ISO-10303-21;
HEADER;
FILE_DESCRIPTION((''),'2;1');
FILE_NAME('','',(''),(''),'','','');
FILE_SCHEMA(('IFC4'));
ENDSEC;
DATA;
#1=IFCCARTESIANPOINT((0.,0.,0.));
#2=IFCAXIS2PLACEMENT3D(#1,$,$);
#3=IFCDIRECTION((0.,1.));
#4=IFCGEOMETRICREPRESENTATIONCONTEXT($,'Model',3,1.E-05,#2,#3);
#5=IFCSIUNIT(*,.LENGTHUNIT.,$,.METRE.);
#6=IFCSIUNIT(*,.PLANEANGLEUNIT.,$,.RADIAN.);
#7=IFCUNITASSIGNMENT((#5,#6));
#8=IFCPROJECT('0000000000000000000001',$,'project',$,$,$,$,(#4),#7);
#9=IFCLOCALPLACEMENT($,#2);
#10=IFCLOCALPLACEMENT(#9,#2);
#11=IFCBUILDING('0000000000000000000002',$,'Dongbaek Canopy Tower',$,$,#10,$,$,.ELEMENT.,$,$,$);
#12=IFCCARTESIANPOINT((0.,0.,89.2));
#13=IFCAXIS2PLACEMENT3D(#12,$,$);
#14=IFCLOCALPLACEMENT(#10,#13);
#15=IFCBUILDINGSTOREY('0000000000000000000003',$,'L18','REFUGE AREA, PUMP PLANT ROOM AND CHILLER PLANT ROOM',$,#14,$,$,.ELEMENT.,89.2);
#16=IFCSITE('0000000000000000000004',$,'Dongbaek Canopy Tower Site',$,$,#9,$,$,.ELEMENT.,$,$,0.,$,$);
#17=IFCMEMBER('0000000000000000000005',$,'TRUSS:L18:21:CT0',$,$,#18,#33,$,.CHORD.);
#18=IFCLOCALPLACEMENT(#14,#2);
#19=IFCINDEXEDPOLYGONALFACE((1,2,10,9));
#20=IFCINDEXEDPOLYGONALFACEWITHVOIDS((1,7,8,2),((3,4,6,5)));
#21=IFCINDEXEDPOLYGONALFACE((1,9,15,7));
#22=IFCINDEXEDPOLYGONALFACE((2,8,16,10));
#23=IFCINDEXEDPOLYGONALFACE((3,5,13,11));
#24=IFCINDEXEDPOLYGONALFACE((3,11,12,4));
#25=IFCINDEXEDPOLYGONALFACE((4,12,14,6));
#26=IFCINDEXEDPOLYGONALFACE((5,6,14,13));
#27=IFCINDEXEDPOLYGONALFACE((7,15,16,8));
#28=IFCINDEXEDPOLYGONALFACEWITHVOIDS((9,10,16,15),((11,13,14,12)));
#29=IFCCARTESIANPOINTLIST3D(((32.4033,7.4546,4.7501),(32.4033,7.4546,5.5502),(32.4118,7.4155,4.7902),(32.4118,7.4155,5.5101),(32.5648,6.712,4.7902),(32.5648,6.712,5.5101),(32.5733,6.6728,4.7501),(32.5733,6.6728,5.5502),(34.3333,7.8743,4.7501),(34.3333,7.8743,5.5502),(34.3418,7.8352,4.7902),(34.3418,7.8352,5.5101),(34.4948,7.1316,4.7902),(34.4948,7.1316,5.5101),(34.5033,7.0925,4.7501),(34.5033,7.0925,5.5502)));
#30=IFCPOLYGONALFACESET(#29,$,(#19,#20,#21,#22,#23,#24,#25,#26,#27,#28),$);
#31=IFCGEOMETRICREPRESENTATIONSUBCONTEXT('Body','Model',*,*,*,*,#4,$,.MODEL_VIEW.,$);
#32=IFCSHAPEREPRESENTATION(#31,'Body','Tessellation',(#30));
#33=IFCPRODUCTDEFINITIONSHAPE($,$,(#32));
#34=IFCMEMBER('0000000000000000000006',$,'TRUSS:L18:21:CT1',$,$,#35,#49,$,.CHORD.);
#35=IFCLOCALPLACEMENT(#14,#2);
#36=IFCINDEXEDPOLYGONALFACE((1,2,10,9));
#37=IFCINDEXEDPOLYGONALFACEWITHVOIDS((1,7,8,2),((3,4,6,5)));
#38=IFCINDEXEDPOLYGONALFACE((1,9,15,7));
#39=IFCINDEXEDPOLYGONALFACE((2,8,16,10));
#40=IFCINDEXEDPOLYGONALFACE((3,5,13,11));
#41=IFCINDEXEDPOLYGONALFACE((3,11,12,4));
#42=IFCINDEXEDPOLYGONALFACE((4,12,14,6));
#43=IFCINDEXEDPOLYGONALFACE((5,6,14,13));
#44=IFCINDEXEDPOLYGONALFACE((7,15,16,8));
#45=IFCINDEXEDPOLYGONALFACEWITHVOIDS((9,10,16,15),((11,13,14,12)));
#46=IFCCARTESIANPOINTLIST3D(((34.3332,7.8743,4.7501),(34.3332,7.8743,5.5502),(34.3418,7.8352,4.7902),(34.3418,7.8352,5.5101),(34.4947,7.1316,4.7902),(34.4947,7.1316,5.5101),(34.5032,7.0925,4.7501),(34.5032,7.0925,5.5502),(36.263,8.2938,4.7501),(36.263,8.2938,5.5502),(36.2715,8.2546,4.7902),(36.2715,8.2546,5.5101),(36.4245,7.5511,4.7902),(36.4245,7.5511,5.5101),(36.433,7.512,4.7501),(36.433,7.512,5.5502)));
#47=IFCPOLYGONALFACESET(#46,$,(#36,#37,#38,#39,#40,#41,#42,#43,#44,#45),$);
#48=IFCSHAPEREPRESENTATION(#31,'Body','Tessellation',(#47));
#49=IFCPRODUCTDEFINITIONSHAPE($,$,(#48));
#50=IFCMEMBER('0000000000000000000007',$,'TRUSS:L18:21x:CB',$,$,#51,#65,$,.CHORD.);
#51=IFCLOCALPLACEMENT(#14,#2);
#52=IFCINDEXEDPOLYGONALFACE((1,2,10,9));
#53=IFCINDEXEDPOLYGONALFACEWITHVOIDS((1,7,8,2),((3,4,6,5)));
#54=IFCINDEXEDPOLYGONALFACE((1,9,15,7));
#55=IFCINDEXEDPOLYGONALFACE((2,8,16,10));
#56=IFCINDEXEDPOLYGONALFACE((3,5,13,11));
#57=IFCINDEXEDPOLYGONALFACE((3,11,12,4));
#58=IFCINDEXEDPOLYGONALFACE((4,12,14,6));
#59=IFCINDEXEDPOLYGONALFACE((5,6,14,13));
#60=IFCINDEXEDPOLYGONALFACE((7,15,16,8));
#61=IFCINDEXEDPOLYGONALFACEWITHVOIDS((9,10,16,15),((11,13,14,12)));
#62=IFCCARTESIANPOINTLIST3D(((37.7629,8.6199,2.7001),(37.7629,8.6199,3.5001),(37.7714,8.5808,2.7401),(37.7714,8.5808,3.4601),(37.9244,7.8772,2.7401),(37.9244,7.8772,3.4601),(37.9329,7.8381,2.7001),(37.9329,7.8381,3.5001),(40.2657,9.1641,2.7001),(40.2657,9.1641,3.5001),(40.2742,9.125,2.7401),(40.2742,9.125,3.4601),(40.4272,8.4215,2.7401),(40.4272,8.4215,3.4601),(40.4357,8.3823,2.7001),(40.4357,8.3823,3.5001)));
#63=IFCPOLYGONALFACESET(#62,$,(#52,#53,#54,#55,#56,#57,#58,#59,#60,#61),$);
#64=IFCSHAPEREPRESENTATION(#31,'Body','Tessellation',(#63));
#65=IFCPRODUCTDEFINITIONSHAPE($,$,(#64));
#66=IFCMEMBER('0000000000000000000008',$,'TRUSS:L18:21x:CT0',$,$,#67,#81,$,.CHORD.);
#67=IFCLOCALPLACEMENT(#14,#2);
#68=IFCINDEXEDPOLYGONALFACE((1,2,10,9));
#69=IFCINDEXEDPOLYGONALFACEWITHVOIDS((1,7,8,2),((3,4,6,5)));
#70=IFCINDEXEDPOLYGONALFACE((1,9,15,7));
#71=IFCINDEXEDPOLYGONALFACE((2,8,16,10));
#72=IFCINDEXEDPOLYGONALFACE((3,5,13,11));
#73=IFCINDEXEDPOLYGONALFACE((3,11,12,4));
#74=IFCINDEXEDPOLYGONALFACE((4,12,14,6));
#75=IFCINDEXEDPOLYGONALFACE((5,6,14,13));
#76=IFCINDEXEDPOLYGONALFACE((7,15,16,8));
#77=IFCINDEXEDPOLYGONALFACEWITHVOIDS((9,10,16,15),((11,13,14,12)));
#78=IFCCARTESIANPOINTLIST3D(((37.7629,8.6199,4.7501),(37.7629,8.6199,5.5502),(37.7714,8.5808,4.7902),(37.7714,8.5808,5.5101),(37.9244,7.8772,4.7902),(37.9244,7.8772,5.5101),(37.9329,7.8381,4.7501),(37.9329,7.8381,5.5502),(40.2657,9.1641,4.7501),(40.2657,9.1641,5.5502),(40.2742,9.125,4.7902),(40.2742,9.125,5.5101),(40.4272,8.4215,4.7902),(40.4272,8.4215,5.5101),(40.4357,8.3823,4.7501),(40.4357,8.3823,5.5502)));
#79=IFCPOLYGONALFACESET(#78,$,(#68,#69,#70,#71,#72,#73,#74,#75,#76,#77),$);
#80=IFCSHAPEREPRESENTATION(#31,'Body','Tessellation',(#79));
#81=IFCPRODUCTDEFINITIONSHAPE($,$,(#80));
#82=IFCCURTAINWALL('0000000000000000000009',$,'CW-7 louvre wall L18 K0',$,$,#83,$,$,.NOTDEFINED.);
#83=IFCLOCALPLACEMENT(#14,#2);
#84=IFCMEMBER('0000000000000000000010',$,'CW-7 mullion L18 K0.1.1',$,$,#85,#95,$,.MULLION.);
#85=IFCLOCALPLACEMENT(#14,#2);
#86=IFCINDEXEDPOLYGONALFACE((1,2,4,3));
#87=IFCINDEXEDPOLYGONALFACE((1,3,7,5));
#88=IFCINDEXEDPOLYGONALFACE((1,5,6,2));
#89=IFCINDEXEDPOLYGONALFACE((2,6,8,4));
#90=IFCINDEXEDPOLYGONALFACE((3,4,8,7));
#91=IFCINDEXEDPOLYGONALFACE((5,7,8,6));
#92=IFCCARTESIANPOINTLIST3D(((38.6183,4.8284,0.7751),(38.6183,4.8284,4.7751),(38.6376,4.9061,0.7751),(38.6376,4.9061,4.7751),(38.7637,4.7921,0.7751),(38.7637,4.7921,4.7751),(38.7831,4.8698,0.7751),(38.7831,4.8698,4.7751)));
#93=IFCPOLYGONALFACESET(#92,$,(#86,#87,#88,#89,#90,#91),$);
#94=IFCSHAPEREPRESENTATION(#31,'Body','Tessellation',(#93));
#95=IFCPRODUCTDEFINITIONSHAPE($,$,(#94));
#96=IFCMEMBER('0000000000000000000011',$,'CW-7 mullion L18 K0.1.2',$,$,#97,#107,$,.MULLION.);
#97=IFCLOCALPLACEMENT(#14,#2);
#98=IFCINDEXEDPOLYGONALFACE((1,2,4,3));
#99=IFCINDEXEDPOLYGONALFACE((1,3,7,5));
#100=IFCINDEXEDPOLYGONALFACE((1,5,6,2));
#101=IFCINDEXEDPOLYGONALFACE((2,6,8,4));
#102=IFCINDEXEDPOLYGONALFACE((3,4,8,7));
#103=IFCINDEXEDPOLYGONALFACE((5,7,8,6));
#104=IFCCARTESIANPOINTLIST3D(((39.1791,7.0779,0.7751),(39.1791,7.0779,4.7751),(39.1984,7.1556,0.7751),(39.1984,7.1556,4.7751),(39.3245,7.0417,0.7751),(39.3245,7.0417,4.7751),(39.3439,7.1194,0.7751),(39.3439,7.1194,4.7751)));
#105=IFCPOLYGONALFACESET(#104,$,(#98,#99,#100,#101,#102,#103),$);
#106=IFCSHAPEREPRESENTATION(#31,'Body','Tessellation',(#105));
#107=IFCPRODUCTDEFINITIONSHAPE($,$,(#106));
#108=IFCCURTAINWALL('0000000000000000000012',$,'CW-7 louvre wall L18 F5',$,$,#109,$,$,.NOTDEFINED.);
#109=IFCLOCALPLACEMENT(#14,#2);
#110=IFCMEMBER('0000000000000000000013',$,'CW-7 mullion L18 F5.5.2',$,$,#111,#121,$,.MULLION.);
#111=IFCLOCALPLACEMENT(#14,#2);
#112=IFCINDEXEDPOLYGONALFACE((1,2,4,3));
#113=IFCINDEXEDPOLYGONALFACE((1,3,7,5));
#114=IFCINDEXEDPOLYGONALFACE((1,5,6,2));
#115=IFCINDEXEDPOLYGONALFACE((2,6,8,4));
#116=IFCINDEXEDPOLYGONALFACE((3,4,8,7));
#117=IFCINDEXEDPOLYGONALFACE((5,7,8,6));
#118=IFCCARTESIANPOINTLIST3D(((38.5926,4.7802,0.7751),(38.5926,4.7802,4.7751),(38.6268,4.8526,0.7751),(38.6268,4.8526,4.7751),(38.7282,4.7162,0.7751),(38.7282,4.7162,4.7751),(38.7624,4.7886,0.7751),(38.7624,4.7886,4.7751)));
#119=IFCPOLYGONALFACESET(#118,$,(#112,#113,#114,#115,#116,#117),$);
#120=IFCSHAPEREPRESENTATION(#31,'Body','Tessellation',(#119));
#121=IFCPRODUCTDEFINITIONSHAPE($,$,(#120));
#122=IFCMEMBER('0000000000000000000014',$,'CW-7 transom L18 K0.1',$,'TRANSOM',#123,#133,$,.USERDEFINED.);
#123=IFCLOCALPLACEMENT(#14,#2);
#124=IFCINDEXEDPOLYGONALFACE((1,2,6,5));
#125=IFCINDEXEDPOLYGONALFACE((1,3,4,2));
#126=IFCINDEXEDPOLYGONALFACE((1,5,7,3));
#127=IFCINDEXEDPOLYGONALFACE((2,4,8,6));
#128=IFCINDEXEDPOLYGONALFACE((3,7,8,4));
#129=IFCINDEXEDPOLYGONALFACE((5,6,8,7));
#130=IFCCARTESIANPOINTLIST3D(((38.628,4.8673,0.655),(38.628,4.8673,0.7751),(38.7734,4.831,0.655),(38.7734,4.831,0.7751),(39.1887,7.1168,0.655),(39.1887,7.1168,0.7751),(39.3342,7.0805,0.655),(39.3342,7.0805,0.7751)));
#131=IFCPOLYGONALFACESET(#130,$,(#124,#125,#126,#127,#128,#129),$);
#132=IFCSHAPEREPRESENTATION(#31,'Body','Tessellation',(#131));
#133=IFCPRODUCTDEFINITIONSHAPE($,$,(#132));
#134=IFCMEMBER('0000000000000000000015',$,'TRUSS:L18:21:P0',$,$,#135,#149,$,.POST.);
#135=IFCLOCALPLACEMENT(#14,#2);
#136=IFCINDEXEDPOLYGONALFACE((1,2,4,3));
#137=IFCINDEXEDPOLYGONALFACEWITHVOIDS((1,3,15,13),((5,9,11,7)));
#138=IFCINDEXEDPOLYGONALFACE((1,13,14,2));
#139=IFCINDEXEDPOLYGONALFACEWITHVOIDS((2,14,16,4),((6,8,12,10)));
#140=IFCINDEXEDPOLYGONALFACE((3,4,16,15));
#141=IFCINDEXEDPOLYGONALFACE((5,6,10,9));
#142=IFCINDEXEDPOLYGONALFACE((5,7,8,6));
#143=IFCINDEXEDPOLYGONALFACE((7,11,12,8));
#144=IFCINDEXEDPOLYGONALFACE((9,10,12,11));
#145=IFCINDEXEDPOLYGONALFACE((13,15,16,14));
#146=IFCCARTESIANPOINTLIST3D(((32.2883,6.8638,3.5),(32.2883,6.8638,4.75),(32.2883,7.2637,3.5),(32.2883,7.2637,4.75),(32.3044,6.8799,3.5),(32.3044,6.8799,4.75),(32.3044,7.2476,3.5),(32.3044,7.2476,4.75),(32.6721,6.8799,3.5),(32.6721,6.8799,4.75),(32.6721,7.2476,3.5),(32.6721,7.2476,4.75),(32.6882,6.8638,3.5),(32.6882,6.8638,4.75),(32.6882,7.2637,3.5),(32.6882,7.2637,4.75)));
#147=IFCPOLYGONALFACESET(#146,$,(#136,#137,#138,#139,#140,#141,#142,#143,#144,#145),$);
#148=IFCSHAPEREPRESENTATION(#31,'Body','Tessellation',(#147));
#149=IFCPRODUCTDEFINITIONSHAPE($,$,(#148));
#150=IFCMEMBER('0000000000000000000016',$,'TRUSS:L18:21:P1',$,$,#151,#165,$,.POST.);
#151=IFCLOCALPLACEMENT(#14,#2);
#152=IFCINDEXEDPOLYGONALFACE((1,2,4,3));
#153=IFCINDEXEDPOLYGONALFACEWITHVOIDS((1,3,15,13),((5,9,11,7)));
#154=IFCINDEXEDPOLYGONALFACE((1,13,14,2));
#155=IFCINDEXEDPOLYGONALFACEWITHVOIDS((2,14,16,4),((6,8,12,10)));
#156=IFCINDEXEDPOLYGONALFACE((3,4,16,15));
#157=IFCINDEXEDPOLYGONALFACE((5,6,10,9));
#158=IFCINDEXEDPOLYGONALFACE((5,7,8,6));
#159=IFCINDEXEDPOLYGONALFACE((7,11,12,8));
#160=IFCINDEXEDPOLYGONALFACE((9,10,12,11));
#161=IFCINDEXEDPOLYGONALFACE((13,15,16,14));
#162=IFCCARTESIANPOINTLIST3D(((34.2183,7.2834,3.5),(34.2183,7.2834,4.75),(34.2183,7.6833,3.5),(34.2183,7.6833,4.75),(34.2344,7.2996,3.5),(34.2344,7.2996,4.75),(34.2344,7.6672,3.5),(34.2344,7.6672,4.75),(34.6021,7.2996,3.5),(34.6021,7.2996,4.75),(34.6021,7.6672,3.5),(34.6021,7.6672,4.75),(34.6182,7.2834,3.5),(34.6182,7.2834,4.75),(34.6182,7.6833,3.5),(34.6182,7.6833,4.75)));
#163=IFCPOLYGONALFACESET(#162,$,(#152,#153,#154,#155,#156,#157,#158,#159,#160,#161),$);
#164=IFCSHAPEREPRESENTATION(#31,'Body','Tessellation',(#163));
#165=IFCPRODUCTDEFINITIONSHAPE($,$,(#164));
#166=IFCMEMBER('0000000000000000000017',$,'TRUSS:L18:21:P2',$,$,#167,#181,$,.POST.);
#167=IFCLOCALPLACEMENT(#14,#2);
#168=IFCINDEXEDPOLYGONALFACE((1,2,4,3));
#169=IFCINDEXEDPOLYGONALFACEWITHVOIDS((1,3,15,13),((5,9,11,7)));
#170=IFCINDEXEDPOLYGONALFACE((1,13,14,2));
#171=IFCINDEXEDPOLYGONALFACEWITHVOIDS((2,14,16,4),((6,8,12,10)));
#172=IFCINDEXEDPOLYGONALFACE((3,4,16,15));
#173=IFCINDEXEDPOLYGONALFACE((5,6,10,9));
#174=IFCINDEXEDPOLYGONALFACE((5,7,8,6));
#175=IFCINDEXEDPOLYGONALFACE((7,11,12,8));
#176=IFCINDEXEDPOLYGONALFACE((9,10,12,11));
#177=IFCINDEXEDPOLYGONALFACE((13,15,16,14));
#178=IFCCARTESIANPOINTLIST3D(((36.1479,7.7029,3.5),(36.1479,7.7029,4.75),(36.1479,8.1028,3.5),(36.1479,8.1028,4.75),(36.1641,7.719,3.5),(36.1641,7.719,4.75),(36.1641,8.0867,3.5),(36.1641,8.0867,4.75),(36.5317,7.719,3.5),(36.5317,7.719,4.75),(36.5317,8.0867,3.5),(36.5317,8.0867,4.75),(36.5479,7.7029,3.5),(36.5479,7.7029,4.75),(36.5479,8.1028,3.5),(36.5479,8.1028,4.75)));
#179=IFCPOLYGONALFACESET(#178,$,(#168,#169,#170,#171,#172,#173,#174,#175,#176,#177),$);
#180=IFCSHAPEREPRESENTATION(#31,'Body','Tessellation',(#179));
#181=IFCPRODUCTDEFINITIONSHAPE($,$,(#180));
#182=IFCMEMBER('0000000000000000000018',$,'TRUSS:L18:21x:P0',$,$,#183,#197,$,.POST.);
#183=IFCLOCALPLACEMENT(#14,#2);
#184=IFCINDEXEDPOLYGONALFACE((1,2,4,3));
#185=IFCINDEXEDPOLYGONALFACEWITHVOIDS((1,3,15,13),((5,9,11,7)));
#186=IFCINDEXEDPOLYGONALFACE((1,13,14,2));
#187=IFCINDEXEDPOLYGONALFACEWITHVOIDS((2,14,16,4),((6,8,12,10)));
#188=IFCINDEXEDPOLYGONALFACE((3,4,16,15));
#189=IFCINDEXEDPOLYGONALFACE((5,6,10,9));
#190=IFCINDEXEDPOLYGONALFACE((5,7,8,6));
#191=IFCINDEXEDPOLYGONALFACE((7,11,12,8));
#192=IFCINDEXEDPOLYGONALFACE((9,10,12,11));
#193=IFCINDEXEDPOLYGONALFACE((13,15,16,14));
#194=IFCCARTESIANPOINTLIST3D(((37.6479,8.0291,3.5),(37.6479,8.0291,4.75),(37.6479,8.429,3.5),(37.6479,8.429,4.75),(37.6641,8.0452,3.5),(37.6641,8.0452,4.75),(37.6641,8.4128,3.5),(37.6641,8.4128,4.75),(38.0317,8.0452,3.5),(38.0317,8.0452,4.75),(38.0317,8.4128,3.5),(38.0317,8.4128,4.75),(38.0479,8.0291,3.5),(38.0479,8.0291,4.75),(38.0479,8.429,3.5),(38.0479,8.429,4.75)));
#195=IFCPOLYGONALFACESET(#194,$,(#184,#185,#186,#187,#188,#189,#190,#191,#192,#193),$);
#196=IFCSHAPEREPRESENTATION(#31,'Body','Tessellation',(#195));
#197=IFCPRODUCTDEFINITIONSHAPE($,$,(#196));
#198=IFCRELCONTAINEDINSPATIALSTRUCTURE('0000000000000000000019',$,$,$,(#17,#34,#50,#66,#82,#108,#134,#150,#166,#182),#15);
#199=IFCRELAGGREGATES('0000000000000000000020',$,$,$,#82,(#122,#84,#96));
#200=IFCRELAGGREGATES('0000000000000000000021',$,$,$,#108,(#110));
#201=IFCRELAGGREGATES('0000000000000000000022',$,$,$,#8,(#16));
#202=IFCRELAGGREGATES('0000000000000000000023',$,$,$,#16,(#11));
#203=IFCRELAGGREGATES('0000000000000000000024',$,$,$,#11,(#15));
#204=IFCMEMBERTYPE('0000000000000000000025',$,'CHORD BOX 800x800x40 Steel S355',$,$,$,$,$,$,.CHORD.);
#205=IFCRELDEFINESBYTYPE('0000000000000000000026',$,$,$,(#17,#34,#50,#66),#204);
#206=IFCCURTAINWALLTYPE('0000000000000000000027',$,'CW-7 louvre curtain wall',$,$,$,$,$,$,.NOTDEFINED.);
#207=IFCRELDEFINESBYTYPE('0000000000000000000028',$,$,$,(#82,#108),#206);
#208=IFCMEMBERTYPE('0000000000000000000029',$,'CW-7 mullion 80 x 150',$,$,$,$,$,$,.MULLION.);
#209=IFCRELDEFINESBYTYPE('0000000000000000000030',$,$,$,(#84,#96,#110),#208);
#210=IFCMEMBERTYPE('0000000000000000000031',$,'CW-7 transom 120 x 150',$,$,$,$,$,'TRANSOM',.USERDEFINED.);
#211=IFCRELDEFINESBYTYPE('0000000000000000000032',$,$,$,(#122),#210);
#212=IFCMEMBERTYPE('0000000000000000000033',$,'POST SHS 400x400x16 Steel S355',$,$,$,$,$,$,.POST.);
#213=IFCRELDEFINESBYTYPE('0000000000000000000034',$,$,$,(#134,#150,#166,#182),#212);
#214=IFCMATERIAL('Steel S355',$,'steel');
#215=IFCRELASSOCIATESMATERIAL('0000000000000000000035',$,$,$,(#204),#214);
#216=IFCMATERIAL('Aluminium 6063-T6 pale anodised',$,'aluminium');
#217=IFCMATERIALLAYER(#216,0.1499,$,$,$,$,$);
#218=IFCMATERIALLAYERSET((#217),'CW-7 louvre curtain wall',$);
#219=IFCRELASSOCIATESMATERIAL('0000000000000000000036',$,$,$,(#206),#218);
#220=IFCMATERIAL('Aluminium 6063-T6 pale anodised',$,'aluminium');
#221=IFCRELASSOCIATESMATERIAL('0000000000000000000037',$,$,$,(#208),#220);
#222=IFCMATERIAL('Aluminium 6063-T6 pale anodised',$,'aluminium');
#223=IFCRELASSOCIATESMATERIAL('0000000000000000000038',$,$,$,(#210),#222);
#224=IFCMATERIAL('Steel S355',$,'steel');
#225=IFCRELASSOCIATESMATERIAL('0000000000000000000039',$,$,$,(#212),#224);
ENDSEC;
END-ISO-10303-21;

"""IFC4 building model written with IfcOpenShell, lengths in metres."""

from ifc_helpers import new_model, si_unit, direction, frame, origin, origin_2d, place, context, subcontext, project, spatial, rectangle, hollow_rectangle, extrude, material, layer, layer_set, material_profile, profile_set, type_object, element, aggregate, save


model = new_model("IFC4")

# Units and contexts
model_context = context("Model", 3, precision=1e-05, world=origin(), true_north=direction((0.0, 1.0)))
body_context = subcontext(model_context, "Body", "Model", "MODEL_VIEW")
ifc_project = project(units=[si_unit("LENGTHUNIT", "METRE"), si_unit("PLANEANGLEUNIT", "RADIAN")], contexts=[model_context])

# Site, building, storey
site_placement = place(None, origin())
site = spatial("IfcSite", under=ifc_project, at=site_placement, Name="Dongbaek Canopy Tower Site", CompositionType="ELEMENT", RefElevation=0.0)
building_placement = place(site_placement, origin())
building = spatial("IfcBuilding", under=site, at=building_placement, Name="Dongbaek Canopy Tower", CompositionType="ELEMENT")
storey_placement = place(building_placement, frame((0.0, 0.0, 89.2)))
storey = spatial("IfcBuildingStorey", under=building, at=storey_placement, Name="L18", Description="REFUGE AREA, PUMP PLANT ROOM AND CHILLER PLANT ROOM", CompositionType="ELEMENT", Elevation=89.2)

# Members
ifc_material_1 = material(Name="Steel S355", Category="steel")
ifc_material_profile_1 = material_profile(ifc_material_1, hollow_rectangle(XDim=0.8, YDim=0.8, WallThickness=0.04, at=origin_2d()), Name="CHORD BOX 800x800x40 Steel S355")
ifc_profile_set_1 = profile_set([ifc_material_profile_1], Name="Steel S355")
member_type_1 = type_object("IfcMemberType", Name="CHORD BOX 800x800x40 Steel S355", PredefinedType="CHORD", material=ifc_profile_set_1)
member_1_placement = place(storey_placement, frame((32.4883, 7.0637, 5.1501), z_axis=(0.977163, 0.212491, 0.0), x_axis=(-0.212491, 0.977163, 0.0)))
element("IfcMember", 1, at=member_1_placement, inside=storey, type_object=member_type_1, Name="TRUSS:L18:21:CT0", PredefinedType="CHORD", context=body_context, shape_type="SweptSolid", body=[
    extrude(hollow_rectangle(XDim=0.8, YDim=0.8, WallThickness=0.04, at=origin_2d()), origin(), (0.0, 0.0, 1.0), 1.9751),
])
member_2_placement = place(storey_placement, frame((34.4182, 7.4834, 5.1501), z_axis=(0.977183, 0.212399, 0.0), x_axis=(-0.212399, 0.977183, 0.0)))
element("IfcMember", 2, at=member_2_placement, inside=storey, type_object=member_type_1, Name="TRUSS:L18:21:CT1", PredefinedType="CHORD", context=body_context, shape_type="SweptSolid", body=[
    extrude(hollow_rectangle(XDim=0.8, YDim=0.8, WallThickness=0.04, at=origin_2d()), origin(), (0.0, 0.0, 1.0), 1.9749),
])
for number, where, z_axis, x_axis, name in (
    (3, (37.8479, 8.229, 3.1001), (0.977166, 0.212477, 0.0), (-0.212477, 0.977166, 0.0), "TRUSS:L18:21x:CB"),
    (4, (37.8479, 8.229, 5.1501), (0.977166, 0.212477, 0.0), (-0.212477, 0.977166, 0.0), "TRUSS:L18:21x:CT0"),
):
    element("IfcMember", number, at=place(storey_placement, frame(where, z_axis=z_axis, x_axis=x_axis)), inside=storey, type_object=member_type_1, Name=name, PredefinedType="CHORD", context=body_context, shape_type="SweptSolid", body=[
        extrude(hollow_rectangle(XDim=0.8, YDim=0.8, WallThickness=0.04, at=origin_2d()), origin(), (0.0, 0.0, 1.0), 2.5613),
    ])

# Curtain wall, members
ifc_material_2 = material(Name="Aluminium 6063-T6 pale anodised", Category="aluminium")
ifc_layer_1 = layer(ifc_material_2, 0.1499)
ifc_layer_set_1 = layer_set([ifc_layer_1], Name="CW-7 louvre curtain wall")
curtain_wall_type = type_object("IfcCurtainWallType", Name="CW-7 louvre curtain wall", PredefinedType="NOTDEFINED", material=ifc_layer_set_1)
curtain_wall_1_placement = place(storey_placement, origin())
curtain_wall_1 = element("IfcCurtainWall", 5, at=curtain_wall_1_placement, inside=storey, type_object=curtain_wall_type, Name="CW-7 louvre wall L18 K0", PredefinedType="NOTDEFINED")
ifc_material_3 = material(Name="Aluminium 6063-T6 pale anodised", Category="aluminium")
ifc_material_profile_2 = material_profile(ifc_material_3, rectangle(XDim=0.1499, YDim=0.0801, at=origin_2d()), Name="CW-7 mullion 80 x 150")
ifc_profile_set_2 = profile_set([ifc_material_profile_2], Name="Aluminium 6063-T6 pale anodised")
member_type_2 = type_object("IfcMemberType", Name="CW-7 mullion 80 x 150", PredefinedType="MULLION", material=ifc_profile_set_2)
member_3_placement = place(storey_placement, frame((38.7007, 4.8491, 0.7751), z_axis=(0.0, 0.0, 1.0), x_axis=(0.970315, -0.241844, 0.0)))
member_3 = element("IfcMember", 6, at=member_3_placement, type_object=member_type_2, Name="CW-7 mullion L18 K0.1.1", PredefinedType="MULLION", context=body_context, shape_type="SweptSolid", body=[
    extrude(rectangle(XDim=0.1499, YDim=0.0801, at=origin_2d()), origin(), (0.0, 0.0, 1.0), 4.0),
])
member_4_placement = place(storey_placement, frame((39.2615, 7.0986, 0.7751), z_axis=(0.0, 0.0, 1.0), x_axis=(0.970315, -0.241844, 0.0)))
member_4 = element("IfcMember", 7, at=member_4_placement, type_object=member_type_2, Name="CW-7 mullion L18 K0.1.2", PredefinedType="MULLION", context=body_context, shape_type="SweptSolid", body=[
    extrude(rectangle(XDim=0.1499, YDim=0.0801, at=origin_2d()), origin(), (0.0, 0.0, 1.0), 4.0),
])

# Curtain wall, member
curtain_wall_2_placement = place(storey_placement, origin())
curtain_wall_2 = element("IfcCurtainWall", 8, at=curtain_wall_2_placement, inside=storey, type_object=curtain_wall_type, Name="CW-7 louvre wall L18 F5", PredefinedType="NOTDEFINED")
member_5_placement = place(storey_placement, frame((38.6775, 4.7844, 0.7751), z_axis=(0.0, 0.0, 1.0), x_axis=(0.904233, -0.427039, 0.0)))
member_5 = element("IfcMember", 9, at=member_5_placement, type_object=member_type_2, Name="CW-7 mullion L18 F5.5.2", PredefinedType="MULLION", context=body_context, shape_type="SweptSolid", body=[
    extrude(rectangle(XDim=0.1499, YDim=0.0801, at=origin_2d()), origin(), (0.0, 0.0, 1.0), 4.0),
])

# Member
ifc_material_4 = material(Name="Aluminium 6063-T6 pale anodised", Category="aluminium")
ifc_material_profile_3 = material_profile(ifc_material_4, rectangle(XDim=0.1499, YDim=0.1201, at=origin_2d()), Name="CW-7 transom 120 x 150")
ifc_profile_set_3 = profile_set([ifc_material_profile_3], Name="Aluminium 6063-T6 pale anodised")
member_type_3 = type_object("IfcMemberType", Name="CW-7 transom 120 x 150", ElementType="TRANSOM", PredefinedType="USERDEFINED", material=ifc_profile_set_3)
member_6_placement = place(storey_placement, frame((38.7007, 4.8491, 0.7151), z_axis=(0.241891, 0.970303, 0.0), x_axis=(-0.970303, 0.241891, 0.0)))
member_6 = element("IfcMember", 10, at=member_6_placement, type_object=member_type_3, Name="CW-7 transom L18 K0.1", ObjectType="TRANSOM", PredefinedType="USERDEFINED", context=body_context, shape_type="SweptSolid", body=[
    extrude(rectangle(XDim=0.1499, YDim=0.1201, at=origin_2d()), origin(), (0.0, 0.0, 1.0), 2.3184),
])

# Members
ifc_material_5 = material(Name="Steel S355", Category="steel")
ifc_material_profile_4 = material_profile(ifc_material_5, hollow_rectangle(XDim=0.3999, YDim=0.3999, WallThickness=0.0161, at=origin_2d()), Name="POST SHS 400x400x16 Steel S355")
ifc_profile_set_4 = profile_set([ifc_material_profile_4], Name="Steel S355")
member_type_4 = type_object("IfcMemberType", Name="POST SHS 400x400x16 Steel S355", PredefinedType="POST", material=ifc_profile_set_4)
for number, where, z_axis, x_axis, name in (
    (11, (32.4883, 7.0637, 3.5), (0.0, 0.0, 1.0), (1.0, 0.0, 0.0), "TRUSS:L18:21:P0"),
    (12, (34.4182, 7.4834, 3.5), (0.0, 0.0, 1.0), (1.0, 0.0, 0.0), "TRUSS:L18:21:P1"),
    (13, (36.3479, 7.9028, 3.5), (0.0, 0.0, 1.0), (1.0, 0.0, 0.0), "TRUSS:L18:21:P2"),
    (14, (37.8479, 8.229, 3.5), (0.0, 0.0, 1.0), (1.0, 0.0, 0.0), "TRUSS:L18:21x:P0"),
):
    element("IfcMember", number, at=place(storey_placement, frame(where, z_axis=z_axis, x_axis=x_axis)), inside=storey, type_object=member_type_4, Name=name, PredefinedType="POST", context=body_context, shape_type="SweptSolid", body=[
        extrude(hollow_rectangle(XDim=0.3999, YDim=0.3999, WallThickness=0.0161, at=origin_2d()), origin(), (0.0, 0.0, 1.0), 1.25),
    ])

aggregate(curtain_wall_1, [member_6, member_3, member_4])
aggregate(curtain_wall_2, [member_5])

save(model, "model.ifc")
